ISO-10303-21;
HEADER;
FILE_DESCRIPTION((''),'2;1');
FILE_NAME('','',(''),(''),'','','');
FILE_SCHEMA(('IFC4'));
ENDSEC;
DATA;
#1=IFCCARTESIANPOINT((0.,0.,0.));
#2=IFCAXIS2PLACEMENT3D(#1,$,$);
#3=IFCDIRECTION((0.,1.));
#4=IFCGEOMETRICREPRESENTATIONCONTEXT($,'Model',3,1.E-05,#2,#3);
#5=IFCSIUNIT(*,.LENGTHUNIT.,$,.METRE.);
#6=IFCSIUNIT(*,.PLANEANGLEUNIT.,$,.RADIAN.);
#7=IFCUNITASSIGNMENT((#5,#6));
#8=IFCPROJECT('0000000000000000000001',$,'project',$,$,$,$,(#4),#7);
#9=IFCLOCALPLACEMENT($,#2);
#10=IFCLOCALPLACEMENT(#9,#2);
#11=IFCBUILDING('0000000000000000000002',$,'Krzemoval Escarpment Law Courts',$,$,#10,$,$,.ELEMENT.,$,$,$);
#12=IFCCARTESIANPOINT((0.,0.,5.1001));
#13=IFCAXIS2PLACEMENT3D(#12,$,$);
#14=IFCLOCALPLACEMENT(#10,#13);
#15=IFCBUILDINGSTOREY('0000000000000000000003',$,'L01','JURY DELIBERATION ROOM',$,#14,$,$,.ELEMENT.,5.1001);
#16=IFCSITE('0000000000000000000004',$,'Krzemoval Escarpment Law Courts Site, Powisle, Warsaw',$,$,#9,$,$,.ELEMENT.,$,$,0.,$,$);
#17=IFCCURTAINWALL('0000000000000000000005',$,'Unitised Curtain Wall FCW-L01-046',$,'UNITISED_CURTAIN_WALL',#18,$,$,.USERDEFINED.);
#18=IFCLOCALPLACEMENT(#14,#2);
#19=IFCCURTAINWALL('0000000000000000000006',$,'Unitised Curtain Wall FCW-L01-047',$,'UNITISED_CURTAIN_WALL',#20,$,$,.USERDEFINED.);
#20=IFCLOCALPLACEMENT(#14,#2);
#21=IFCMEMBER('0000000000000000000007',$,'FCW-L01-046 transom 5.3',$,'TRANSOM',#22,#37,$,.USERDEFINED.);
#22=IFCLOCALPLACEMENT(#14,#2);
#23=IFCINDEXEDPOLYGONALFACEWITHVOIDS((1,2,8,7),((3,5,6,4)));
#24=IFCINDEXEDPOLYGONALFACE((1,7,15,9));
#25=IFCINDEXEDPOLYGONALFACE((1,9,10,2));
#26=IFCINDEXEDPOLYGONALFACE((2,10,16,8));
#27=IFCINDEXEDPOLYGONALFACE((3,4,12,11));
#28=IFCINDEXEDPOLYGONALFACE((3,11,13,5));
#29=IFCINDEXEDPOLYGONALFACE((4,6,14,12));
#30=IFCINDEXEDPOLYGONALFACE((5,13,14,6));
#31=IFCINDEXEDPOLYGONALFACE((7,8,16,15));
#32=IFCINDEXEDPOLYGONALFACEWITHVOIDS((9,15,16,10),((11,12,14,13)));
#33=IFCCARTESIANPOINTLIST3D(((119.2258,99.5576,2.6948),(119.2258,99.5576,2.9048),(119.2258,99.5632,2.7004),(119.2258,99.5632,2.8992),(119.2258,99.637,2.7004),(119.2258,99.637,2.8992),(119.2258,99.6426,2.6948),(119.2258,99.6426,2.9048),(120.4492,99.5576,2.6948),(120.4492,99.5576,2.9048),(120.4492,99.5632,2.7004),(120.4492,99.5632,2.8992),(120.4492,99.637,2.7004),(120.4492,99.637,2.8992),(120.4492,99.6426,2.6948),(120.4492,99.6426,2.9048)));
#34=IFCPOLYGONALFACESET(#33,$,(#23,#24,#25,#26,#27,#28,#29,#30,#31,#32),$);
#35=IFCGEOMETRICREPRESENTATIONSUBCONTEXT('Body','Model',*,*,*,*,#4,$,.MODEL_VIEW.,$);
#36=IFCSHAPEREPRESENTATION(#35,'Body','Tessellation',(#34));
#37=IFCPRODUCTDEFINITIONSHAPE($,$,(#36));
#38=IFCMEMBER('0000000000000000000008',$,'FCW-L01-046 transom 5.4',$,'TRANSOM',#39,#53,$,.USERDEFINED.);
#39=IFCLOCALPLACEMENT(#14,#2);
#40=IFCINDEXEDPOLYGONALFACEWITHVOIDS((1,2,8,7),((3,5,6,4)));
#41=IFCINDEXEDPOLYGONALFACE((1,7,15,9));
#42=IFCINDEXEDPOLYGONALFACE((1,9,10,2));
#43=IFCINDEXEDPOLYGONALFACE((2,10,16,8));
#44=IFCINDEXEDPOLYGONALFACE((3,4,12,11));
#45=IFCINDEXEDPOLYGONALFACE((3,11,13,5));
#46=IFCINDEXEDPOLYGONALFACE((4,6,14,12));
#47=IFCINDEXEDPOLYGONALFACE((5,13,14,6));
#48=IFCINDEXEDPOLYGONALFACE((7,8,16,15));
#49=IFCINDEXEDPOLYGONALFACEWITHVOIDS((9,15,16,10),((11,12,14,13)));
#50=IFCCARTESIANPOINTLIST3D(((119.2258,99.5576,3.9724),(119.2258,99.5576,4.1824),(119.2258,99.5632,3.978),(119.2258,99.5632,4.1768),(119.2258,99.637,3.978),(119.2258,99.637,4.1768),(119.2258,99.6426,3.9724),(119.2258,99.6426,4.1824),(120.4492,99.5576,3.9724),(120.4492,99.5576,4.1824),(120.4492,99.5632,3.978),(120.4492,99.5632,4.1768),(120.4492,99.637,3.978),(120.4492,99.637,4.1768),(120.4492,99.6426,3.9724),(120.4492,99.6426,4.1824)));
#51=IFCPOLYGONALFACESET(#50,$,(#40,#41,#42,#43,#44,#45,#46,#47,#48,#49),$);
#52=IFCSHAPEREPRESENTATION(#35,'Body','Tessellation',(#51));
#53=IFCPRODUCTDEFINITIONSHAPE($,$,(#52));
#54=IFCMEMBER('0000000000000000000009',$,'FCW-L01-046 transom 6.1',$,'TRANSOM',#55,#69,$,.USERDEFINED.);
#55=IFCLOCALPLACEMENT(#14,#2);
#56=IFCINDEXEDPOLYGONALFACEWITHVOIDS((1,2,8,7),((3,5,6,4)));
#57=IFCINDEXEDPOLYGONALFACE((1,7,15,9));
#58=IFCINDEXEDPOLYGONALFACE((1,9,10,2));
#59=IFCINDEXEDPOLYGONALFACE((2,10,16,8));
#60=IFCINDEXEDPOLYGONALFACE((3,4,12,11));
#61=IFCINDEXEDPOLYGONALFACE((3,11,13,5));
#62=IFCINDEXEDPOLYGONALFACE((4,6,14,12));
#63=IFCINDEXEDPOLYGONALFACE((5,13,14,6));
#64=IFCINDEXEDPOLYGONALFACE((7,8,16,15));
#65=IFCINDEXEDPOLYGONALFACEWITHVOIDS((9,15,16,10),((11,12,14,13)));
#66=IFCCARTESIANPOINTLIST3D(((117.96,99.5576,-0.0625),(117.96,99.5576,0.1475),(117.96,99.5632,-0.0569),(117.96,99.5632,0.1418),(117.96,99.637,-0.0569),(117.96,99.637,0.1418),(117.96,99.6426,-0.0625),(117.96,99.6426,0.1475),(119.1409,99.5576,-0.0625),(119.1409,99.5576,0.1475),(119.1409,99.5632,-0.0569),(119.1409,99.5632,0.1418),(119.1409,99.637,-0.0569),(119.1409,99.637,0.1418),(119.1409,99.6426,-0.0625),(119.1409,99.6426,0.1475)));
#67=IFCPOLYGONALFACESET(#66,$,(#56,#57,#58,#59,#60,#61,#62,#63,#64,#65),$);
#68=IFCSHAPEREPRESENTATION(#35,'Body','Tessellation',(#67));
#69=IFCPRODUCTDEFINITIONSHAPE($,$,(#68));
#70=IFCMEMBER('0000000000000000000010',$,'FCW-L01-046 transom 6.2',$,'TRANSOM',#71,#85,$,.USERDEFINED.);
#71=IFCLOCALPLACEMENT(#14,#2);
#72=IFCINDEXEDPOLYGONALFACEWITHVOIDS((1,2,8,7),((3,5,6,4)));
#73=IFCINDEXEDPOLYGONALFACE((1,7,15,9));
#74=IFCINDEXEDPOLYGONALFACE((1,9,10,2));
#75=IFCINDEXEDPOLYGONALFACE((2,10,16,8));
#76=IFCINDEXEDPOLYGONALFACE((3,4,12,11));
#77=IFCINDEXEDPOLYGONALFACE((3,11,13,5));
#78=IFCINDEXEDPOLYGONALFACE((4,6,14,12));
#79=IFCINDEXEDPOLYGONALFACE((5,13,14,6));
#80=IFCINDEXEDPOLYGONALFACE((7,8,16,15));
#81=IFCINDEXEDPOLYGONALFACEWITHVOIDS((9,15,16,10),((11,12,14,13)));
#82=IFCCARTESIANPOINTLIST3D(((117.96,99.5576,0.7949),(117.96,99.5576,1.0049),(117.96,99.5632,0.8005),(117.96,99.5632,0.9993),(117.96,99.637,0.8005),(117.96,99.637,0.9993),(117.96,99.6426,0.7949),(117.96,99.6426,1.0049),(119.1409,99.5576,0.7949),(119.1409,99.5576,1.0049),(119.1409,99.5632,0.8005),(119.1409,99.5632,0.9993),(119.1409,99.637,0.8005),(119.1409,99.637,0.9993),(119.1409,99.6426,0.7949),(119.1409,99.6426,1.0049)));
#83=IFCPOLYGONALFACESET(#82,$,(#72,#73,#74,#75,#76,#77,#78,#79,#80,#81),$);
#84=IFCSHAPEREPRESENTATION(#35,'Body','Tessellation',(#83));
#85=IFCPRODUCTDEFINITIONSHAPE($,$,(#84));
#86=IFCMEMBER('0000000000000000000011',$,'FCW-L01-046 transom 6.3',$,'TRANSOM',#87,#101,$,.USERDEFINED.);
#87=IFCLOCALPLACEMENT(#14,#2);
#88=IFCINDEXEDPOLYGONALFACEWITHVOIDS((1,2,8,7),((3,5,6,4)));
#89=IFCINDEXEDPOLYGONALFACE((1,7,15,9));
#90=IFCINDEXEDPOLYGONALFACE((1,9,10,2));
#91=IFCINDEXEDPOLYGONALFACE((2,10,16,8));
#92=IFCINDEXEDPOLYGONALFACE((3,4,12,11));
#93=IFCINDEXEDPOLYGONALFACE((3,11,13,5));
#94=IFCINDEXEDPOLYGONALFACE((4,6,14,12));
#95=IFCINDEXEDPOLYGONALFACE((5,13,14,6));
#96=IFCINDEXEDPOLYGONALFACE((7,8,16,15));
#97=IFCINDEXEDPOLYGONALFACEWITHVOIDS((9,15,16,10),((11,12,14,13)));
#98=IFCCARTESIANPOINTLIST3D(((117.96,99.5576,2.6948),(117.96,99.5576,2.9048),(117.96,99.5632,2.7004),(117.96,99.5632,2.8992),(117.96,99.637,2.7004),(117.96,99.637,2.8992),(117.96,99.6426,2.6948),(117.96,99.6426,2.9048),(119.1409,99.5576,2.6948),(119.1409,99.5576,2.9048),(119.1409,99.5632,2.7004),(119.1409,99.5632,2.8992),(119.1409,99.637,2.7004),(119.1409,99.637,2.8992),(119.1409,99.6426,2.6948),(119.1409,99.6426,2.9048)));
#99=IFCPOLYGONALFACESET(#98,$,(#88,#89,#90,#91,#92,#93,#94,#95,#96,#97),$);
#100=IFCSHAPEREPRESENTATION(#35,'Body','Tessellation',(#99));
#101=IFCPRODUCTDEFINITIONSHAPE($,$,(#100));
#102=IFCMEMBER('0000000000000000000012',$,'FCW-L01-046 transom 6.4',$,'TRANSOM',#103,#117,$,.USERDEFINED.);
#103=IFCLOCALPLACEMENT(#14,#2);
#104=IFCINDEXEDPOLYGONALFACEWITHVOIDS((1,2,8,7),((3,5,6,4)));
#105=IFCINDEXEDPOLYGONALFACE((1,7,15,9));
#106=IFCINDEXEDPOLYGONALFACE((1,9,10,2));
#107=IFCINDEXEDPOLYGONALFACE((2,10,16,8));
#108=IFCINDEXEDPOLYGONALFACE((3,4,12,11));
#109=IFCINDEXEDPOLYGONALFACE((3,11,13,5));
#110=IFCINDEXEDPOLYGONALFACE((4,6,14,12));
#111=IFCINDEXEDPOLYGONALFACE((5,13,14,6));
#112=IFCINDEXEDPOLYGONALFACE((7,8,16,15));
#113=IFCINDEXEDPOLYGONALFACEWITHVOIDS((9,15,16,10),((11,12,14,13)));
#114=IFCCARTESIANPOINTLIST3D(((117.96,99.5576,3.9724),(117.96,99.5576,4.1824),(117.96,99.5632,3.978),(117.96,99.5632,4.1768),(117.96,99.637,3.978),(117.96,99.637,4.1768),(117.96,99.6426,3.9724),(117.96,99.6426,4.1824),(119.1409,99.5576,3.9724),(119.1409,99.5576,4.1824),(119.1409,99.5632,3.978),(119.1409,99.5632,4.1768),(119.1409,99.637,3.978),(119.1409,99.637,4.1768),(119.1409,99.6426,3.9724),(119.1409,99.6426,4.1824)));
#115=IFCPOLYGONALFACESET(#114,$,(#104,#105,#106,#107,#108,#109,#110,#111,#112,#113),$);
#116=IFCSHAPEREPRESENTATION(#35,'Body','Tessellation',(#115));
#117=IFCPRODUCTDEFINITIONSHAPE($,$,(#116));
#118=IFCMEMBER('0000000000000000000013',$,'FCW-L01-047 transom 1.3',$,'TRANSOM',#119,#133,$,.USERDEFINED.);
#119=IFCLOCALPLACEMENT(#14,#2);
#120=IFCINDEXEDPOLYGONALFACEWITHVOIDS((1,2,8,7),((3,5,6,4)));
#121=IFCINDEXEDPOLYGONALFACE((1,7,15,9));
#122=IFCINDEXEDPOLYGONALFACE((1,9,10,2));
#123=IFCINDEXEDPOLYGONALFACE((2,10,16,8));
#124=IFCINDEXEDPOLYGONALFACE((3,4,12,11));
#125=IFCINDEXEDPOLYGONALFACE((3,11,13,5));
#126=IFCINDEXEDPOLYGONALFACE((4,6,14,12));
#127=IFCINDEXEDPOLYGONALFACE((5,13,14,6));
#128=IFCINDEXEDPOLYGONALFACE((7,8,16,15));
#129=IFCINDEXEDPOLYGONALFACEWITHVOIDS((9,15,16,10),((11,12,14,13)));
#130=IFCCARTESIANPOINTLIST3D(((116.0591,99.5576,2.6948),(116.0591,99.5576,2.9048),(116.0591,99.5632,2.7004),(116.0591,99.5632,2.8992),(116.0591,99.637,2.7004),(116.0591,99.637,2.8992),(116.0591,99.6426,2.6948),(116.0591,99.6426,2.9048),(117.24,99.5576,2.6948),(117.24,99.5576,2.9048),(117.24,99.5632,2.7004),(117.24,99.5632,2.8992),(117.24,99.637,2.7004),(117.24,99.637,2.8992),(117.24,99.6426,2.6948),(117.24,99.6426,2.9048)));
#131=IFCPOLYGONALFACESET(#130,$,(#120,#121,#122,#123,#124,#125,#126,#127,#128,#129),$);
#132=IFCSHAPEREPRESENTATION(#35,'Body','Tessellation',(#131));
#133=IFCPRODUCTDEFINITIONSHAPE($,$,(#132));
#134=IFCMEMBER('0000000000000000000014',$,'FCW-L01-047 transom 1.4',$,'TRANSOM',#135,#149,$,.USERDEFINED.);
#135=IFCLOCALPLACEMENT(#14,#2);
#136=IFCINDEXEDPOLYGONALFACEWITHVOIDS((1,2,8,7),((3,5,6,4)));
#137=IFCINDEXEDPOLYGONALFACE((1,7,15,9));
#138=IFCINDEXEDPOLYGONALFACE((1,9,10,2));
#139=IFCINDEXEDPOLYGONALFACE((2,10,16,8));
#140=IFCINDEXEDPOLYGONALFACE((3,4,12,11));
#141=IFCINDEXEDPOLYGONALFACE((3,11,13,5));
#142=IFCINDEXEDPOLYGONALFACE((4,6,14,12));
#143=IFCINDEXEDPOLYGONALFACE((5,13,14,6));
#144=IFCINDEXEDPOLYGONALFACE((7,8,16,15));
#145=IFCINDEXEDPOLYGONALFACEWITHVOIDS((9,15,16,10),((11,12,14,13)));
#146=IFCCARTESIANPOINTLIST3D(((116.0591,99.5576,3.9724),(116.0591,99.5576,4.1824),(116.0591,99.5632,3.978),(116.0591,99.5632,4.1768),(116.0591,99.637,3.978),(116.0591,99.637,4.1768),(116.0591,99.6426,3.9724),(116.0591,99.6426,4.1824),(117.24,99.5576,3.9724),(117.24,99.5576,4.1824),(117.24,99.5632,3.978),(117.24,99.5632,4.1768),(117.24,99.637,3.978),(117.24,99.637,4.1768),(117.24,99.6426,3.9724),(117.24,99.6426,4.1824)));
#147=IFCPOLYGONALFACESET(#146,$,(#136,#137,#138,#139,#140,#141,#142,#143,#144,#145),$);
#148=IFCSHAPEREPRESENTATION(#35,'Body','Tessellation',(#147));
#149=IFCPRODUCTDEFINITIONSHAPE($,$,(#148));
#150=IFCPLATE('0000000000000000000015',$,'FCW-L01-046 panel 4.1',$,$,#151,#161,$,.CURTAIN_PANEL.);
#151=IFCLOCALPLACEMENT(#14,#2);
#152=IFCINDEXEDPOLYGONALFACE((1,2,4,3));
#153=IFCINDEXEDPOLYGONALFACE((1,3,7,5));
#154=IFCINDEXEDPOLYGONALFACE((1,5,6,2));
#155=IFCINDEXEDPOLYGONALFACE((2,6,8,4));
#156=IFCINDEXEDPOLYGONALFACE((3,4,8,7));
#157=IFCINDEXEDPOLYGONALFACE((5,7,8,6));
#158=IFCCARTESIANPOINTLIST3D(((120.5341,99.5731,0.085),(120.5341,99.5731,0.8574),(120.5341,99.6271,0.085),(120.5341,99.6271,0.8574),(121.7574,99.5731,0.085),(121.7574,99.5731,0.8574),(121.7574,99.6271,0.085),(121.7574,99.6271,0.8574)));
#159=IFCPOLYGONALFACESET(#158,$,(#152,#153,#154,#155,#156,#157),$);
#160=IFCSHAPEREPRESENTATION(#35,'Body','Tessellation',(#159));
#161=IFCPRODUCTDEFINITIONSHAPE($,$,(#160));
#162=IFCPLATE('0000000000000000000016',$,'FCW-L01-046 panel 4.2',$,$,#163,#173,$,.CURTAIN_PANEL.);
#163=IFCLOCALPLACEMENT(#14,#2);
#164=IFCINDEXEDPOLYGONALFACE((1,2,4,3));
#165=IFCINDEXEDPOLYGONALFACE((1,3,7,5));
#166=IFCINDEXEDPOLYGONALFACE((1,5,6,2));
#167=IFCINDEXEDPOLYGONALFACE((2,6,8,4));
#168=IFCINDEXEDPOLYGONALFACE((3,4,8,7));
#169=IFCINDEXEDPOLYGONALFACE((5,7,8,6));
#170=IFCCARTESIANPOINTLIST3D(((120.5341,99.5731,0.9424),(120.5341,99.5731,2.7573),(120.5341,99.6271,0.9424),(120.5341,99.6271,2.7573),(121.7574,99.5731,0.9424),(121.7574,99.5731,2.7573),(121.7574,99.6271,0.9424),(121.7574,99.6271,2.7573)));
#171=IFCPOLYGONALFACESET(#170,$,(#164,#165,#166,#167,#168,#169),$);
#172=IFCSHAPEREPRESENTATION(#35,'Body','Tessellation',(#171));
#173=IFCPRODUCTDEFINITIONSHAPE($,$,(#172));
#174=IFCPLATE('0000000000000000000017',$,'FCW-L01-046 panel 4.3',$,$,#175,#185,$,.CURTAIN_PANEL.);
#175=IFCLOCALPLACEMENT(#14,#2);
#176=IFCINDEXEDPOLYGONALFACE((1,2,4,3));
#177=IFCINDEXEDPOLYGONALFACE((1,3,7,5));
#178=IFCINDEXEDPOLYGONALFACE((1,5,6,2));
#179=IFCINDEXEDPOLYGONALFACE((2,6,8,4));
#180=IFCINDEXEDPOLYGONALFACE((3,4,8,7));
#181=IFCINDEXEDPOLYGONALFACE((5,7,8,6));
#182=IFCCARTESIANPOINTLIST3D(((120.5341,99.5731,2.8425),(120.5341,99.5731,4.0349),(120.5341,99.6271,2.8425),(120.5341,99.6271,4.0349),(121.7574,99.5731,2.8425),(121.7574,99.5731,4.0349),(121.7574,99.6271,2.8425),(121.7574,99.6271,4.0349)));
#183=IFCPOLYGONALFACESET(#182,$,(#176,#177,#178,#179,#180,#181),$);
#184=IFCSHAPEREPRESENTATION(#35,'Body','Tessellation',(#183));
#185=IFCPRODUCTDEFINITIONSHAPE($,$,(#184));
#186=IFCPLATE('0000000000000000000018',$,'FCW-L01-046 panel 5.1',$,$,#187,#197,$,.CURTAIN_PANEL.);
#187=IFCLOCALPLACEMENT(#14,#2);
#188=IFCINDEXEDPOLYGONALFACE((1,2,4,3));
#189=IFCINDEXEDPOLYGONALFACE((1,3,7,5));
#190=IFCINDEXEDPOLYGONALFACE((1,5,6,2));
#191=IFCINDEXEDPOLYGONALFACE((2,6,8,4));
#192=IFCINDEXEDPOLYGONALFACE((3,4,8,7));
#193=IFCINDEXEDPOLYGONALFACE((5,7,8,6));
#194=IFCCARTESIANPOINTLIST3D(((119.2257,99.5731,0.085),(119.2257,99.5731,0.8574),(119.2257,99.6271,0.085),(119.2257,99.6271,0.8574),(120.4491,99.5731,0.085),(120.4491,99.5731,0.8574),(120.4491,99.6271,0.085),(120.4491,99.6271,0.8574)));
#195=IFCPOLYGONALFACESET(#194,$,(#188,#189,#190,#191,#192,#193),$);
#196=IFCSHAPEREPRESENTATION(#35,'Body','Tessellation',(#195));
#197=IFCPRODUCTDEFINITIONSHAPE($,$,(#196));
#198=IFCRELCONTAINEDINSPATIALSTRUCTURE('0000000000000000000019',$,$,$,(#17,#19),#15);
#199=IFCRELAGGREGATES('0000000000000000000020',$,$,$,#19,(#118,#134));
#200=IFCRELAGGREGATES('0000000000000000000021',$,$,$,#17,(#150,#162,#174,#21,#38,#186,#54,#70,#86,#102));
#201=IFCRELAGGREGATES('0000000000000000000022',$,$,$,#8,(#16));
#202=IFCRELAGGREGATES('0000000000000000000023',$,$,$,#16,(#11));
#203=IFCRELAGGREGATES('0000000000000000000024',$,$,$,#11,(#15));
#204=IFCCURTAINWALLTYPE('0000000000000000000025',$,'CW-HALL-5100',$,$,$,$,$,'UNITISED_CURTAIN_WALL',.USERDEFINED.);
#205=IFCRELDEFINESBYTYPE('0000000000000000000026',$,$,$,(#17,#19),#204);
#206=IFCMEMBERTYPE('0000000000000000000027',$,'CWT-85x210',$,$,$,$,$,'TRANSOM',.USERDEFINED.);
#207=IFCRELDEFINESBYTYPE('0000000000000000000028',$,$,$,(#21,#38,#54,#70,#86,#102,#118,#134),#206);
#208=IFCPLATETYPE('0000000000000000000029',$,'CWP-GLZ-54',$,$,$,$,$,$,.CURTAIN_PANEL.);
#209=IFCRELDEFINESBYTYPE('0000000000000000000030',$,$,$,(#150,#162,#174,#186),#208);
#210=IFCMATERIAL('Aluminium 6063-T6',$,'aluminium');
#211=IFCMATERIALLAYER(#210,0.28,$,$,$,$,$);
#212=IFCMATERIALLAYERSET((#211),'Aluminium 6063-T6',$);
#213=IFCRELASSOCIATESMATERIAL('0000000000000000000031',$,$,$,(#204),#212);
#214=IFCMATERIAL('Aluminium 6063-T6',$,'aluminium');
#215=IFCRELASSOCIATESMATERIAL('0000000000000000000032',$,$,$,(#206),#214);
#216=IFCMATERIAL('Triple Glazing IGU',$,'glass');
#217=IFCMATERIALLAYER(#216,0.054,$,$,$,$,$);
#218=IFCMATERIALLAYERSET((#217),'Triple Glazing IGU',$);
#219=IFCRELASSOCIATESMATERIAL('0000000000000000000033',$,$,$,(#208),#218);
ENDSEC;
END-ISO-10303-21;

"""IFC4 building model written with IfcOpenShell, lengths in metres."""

from ifc_helpers import new_model, si_unit, direction, frame, origin, origin_2d, place, context, subcontext, project, spatial, rectangle, hollow_rectangle, extrude, material, layer, layer_set, material_profile, profile_set, type_object, element, aggregate, save


model = new_model("IFC4")

# Units and contexts
model_context = context("Model", 3, precision=1e-05, world=origin(), true_north=direction((0.0, 1.0)))
body_context = subcontext(model_context, "Body", "Model", "MODEL_VIEW")
ifc_project = project(units=[si_unit("LENGTHUNIT", "METRE"), si_unit("PLANEANGLEUNIT", "RADIAN")], contexts=[model_context])

# Site, building, storey
site_placement = place(None, origin())
site = spatial("IfcSite", under=ifc_project, at=site_placement, Name="Krzemoval Escarpment Law Courts Site, Powisle, Warsaw", CompositionType="ELEMENT", RefElevation=0.0)
building_placement = place(site_placement, origin())
building = spatial("IfcBuilding", under=site, at=building_placement, Name="Krzemoval Escarpment Law Courts", CompositionType="ELEMENT")
storey_placement = place(building_placement, frame((0.0, 0.0, 5.1001)))
storey = spatial("IfcBuildingStorey", under=building, at=storey_placement, Name="L01", Description="JURY DELIBERATION ROOM", CompositionType="ELEMENT", Elevation=5.1001)

# Curtain wall
ifc_material_1 = material(Name="Aluminium 6063-T6", Category="aluminium")
ifc_layer_1 = layer(ifc_material_1, 0.28)
ifc_layer_set_1 = layer_set([ifc_layer_1], Name="Aluminium 6063-T6")
curtain_wall_type = type_object("IfcCurtainWallType", Name="CW-HALL-5100", ElementType="UNITISED_CURTAIN_WALL", PredefinedType="USERDEFINED", material=ifc_layer_set_1)
curtain_wall_1_placement = place(storey_placement, origin())
curtain_wall_1 = element("IfcCurtainWall", 1, at=curtain_wall_1_placement, inside=storey, type_object=curtain_wall_type, Name="Unitised Curtain Wall FCW-L01-046", ObjectType="UNITISED_CURTAIN_WALL", PredefinedType="USERDEFINED")

# Curtain wall
curtain_wall_2_placement = place(storey_placement, origin())
curtain_wall_2 = element("IfcCurtainWall", 2, at=curtain_wall_2_placement, inside=storey, type_object=curtain_wall_type, Name="Unitised Curtain Wall FCW-L01-047", ObjectType="UNITISED_CURTAIN_WALL", PredefinedType="USERDEFINED")

# Members
ifc_material_2 = material(Name="Aluminium 6063-T6", Category="aluminium")
ifc_material_profile_1 = material_profile(ifc_material_2, hollow_rectangle(XDim=0.085, YDim=0.21, WallThickness=0.0056, at=origin_2d()), Name="ALU T85x210")
ifc_profile_set_1 = profile_set([ifc_material_profile_1], Name="Aluminium 6063-T6")
member_type_1 = type_object("IfcMemberType", Name="CWT-85x210", ElementType="TRANSOM", PredefinedType="USERDEFINED", material=ifc_profile_set_1)
member_1_placement = place(storey_placement, frame((120.4492, 99.6001, 2.7998), z_axis=(-1.0, 0.0, 0.0), x_axis=(0.0, -1.0, 0.0)))
member_1 = element("IfcMember", 3, at=member_1_placement, type_object=member_type_1, Name="FCW-L01-046 transom 5.3", ObjectType="TRANSOM", PredefinedType="USERDEFINED", context=body_context, shape_type="SweptSolid", body=[
    extrude(hollow_rectangle(XDim=0.085, YDim=0.21, WallThickness=0.0056, at=origin_2d()), origin(), (0.0, 0.0, 1.0), 1.2234),
])
member_2_placement = place(storey_placement, frame((120.4492, 99.6001, 4.0774), z_axis=(-1.0, 0.0, 0.0), x_axis=(0.0, -1.0, 0.0)))
member_2 = element("IfcMember", 4, at=member_2_placement, type_object=member_type_1, Name="FCW-L01-046 transom 5.4", ObjectType="TRANSOM", PredefinedType="USERDEFINED", context=body_context, shape_type="SweptSolid", body=[
    extrude(hollow_rectangle(XDim=0.085, YDim=0.21, WallThickness=0.0056, at=origin_2d()), origin(), (0.0, 0.0, 1.0), 1.2234),
])
member_3_placement = place(storey_placement, frame((119.1409, 99.6001, 0.0425), z_axis=(-1.0, 0.0, 0.0), x_axis=(0.0, -1.0, 0.0)))
member_3 = element("IfcMember", 5, at=member_3_placement, type_object=member_type_1, Name="FCW-L01-046 transom 6.1", ObjectType="TRANSOM", PredefinedType="USERDEFINED", context=body_context, shape_type="SweptSolid", body=[
    extrude(hollow_rectangle(XDim=0.085, YDim=0.21, WallThickness=0.0056, at=origin_2d()), origin(), (0.0, 0.0, 1.0), 1.1809),
])
member_4_placement = place(storey_placement, frame((119.1409, 99.6001, 0.8999), z_axis=(-1.0, 0.0, 0.0), x_axis=(0.0, -1.0, 0.0)))
member_4 = element("IfcMember", 6, at=member_4_placement, type_object=member_type_1, Name="FCW-L01-046 transom 6.2", ObjectType="TRANSOM", PredefinedType="USERDEFINED", context=body_context, shape_type="SweptSolid", body=[
    extrude(hollow_rectangle(XDim=0.085, YDim=0.21, WallThickness=0.0056, at=origin_2d()), origin(), (0.0, 0.0, 1.0), 1.1809),
])
member_5_placement = place(storey_placement, frame((119.1409, 99.6001, 2.7998), z_axis=(-1.0, 0.0, 0.0), x_axis=(0.0, -1.0, 0.0)))
member_5 = element("IfcMember", 7, at=member_5_placement, type_object=member_type_1, Name="FCW-L01-046 transom 6.3", ObjectType="TRANSOM", PredefinedType="USERDEFINED", context=body_context, shape_type="SweptSolid", body=[
    extrude(hollow_rectangle(XDim=0.085, YDim=0.21, WallThickness=0.0056, at=origin_2d()), origin(), (0.0, 0.0, 1.0), 1.1809),
])
member_6_placement = place(storey_placement, frame((119.1409, 99.6001, 4.0774), z_axis=(-1.0, 0.0, 0.0), x_axis=(0.0, -1.0, 0.0)))
member_6 = element("IfcMember", 8, at=member_6_placement, type_object=member_type_1, Name="FCW-L01-046 transom 6.4", ObjectType="TRANSOM", PredefinedType="USERDEFINED", context=body_context, shape_type="SweptSolid", body=[
    extrude(hollow_rectangle(XDim=0.085, YDim=0.21, WallThickness=0.0056, at=origin_2d()), origin(), (0.0, 0.0, 1.0), 1.1809),
])
member_7_placement = place(storey_placement, frame((117.24, 99.6001, 2.7998), z_axis=(-1.0, 0.0, 0.0), x_axis=(0.0, -1.0, 0.0)))
member_7 = element("IfcMember", 9, at=member_7_placement, type_object=member_type_1, Name="FCW-L01-047 transom 1.3", ObjectType="TRANSOM", PredefinedType="USERDEFINED", context=body_context, shape_type="SweptSolid", body=[
    extrude(hollow_rectangle(XDim=0.085, YDim=0.21, WallThickness=0.0056, at=origin_2d()), origin(), (0.0, 0.0, 1.0), 1.1809),
])
member_8_placement = place(storey_placement, frame((117.24, 99.6001, 4.0774), z_axis=(-1.0, 0.0, 0.0), x_axis=(0.0, -1.0, 0.0)))
member_8 = element("IfcMember", 10, at=member_8_placement, type_object=member_type_1, Name="FCW-L01-047 transom 1.4", ObjectType="TRANSOM", PredefinedType="USERDEFINED", context=body_context, shape_type="SweptSolid", body=[
    extrude(hollow_rectangle(XDim=0.085, YDim=0.21, WallThickness=0.0056, at=origin_2d()), origin(), (0.0, 0.0, 1.0), 1.1809),
])
aggregate(curtain_wall_2, [member_7, member_8])

# Plates
ifc_material_3 = material(Name="Triple Glazing IGU", Category="glass")
ifc_layer_2 = layer(ifc_material_3, 0.054)
ifc_layer_set_2 = layer_set([ifc_layer_2], Name="Triple Glazing IGU")
plate_type = type_object("IfcPlateType", Name="CWP-GLZ-54", PredefinedType="CURTAIN_PANEL", material=ifc_layer_set_2)
plate_1_placement = place(storey_placement, frame((121.1458, 99.6001, 0.085), z_axis=(0.0, 0.0, 1.0), x_axis=(-1.0, 0.0, 0.0)))
plate_1 = element("IfcPlate", 11, at=plate_1_placement, type_object=plate_type, Name="FCW-L01-046 panel 4.1", PredefinedType="CURTAIN_PANEL", context=body_context, shape_type="SweptSolid", body=[
    extrude(rectangle(XDim=1.2234, YDim=0.054, at=origin_2d()), origin(), (0.0, 0.0, 1.0), 0.7725),
])
plate_2_placement = place(storey_placement, frame((121.1458, 99.6001, 0.9424), z_axis=(0.0, 0.0, 1.0), x_axis=(-1.0, 0.0, 0.0)))
plate_2 = element("IfcPlate", 12, at=plate_2_placement, type_object=plate_type, Name="FCW-L01-046 panel 4.2", PredefinedType="CURTAIN_PANEL", context=body_context, shape_type="SweptSolid", body=[
    extrude(rectangle(XDim=1.2234, YDim=0.054, at=origin_2d()), origin(), (0.0, 0.0, 1.0), 1.8149),
])
plate_3_placement = place(storey_placement, frame((121.1458, 99.6001, 2.8425), z_axis=(0.0, 0.0, 1.0), x_axis=(-1.0, 0.0, 0.0)))
plate_3 = element("IfcPlate", 13, at=plate_3_placement, type_object=plate_type, Name="FCW-L01-046 panel 4.3", PredefinedType="CURTAIN_PANEL", context=body_context, shape_type="SweptSolid", body=[
    extrude(rectangle(XDim=1.2234, YDim=0.054, at=origin_2d()), origin(), (0.0, 0.0, 1.0), 1.1924),
])
plate_4_placement = place(storey_placement, frame((119.8374, 99.6001, 0.085), z_axis=(0.0, 0.0, 1.0), x_axis=(-1.0, 0.0, 0.0)))
plate_4 = element("IfcPlate", 14, at=plate_4_placement, type_object=plate_type, Name="FCW-L01-046 panel 5.1", PredefinedType="CURTAIN_PANEL", context=body_context, shape_type="SweptSolid", body=[
    extrude(rectangle(XDim=1.2234, YDim=0.054, at=origin_2d()), origin(), (0.0, 0.0, 1.0), 0.7725),
])
aggregate(curtain_wall_1, [plate_1, plate_2, plate_3, member_1, member_2, plate_4, member_3, member_4, member_5, member_6])

save(model, "model.ifc")
